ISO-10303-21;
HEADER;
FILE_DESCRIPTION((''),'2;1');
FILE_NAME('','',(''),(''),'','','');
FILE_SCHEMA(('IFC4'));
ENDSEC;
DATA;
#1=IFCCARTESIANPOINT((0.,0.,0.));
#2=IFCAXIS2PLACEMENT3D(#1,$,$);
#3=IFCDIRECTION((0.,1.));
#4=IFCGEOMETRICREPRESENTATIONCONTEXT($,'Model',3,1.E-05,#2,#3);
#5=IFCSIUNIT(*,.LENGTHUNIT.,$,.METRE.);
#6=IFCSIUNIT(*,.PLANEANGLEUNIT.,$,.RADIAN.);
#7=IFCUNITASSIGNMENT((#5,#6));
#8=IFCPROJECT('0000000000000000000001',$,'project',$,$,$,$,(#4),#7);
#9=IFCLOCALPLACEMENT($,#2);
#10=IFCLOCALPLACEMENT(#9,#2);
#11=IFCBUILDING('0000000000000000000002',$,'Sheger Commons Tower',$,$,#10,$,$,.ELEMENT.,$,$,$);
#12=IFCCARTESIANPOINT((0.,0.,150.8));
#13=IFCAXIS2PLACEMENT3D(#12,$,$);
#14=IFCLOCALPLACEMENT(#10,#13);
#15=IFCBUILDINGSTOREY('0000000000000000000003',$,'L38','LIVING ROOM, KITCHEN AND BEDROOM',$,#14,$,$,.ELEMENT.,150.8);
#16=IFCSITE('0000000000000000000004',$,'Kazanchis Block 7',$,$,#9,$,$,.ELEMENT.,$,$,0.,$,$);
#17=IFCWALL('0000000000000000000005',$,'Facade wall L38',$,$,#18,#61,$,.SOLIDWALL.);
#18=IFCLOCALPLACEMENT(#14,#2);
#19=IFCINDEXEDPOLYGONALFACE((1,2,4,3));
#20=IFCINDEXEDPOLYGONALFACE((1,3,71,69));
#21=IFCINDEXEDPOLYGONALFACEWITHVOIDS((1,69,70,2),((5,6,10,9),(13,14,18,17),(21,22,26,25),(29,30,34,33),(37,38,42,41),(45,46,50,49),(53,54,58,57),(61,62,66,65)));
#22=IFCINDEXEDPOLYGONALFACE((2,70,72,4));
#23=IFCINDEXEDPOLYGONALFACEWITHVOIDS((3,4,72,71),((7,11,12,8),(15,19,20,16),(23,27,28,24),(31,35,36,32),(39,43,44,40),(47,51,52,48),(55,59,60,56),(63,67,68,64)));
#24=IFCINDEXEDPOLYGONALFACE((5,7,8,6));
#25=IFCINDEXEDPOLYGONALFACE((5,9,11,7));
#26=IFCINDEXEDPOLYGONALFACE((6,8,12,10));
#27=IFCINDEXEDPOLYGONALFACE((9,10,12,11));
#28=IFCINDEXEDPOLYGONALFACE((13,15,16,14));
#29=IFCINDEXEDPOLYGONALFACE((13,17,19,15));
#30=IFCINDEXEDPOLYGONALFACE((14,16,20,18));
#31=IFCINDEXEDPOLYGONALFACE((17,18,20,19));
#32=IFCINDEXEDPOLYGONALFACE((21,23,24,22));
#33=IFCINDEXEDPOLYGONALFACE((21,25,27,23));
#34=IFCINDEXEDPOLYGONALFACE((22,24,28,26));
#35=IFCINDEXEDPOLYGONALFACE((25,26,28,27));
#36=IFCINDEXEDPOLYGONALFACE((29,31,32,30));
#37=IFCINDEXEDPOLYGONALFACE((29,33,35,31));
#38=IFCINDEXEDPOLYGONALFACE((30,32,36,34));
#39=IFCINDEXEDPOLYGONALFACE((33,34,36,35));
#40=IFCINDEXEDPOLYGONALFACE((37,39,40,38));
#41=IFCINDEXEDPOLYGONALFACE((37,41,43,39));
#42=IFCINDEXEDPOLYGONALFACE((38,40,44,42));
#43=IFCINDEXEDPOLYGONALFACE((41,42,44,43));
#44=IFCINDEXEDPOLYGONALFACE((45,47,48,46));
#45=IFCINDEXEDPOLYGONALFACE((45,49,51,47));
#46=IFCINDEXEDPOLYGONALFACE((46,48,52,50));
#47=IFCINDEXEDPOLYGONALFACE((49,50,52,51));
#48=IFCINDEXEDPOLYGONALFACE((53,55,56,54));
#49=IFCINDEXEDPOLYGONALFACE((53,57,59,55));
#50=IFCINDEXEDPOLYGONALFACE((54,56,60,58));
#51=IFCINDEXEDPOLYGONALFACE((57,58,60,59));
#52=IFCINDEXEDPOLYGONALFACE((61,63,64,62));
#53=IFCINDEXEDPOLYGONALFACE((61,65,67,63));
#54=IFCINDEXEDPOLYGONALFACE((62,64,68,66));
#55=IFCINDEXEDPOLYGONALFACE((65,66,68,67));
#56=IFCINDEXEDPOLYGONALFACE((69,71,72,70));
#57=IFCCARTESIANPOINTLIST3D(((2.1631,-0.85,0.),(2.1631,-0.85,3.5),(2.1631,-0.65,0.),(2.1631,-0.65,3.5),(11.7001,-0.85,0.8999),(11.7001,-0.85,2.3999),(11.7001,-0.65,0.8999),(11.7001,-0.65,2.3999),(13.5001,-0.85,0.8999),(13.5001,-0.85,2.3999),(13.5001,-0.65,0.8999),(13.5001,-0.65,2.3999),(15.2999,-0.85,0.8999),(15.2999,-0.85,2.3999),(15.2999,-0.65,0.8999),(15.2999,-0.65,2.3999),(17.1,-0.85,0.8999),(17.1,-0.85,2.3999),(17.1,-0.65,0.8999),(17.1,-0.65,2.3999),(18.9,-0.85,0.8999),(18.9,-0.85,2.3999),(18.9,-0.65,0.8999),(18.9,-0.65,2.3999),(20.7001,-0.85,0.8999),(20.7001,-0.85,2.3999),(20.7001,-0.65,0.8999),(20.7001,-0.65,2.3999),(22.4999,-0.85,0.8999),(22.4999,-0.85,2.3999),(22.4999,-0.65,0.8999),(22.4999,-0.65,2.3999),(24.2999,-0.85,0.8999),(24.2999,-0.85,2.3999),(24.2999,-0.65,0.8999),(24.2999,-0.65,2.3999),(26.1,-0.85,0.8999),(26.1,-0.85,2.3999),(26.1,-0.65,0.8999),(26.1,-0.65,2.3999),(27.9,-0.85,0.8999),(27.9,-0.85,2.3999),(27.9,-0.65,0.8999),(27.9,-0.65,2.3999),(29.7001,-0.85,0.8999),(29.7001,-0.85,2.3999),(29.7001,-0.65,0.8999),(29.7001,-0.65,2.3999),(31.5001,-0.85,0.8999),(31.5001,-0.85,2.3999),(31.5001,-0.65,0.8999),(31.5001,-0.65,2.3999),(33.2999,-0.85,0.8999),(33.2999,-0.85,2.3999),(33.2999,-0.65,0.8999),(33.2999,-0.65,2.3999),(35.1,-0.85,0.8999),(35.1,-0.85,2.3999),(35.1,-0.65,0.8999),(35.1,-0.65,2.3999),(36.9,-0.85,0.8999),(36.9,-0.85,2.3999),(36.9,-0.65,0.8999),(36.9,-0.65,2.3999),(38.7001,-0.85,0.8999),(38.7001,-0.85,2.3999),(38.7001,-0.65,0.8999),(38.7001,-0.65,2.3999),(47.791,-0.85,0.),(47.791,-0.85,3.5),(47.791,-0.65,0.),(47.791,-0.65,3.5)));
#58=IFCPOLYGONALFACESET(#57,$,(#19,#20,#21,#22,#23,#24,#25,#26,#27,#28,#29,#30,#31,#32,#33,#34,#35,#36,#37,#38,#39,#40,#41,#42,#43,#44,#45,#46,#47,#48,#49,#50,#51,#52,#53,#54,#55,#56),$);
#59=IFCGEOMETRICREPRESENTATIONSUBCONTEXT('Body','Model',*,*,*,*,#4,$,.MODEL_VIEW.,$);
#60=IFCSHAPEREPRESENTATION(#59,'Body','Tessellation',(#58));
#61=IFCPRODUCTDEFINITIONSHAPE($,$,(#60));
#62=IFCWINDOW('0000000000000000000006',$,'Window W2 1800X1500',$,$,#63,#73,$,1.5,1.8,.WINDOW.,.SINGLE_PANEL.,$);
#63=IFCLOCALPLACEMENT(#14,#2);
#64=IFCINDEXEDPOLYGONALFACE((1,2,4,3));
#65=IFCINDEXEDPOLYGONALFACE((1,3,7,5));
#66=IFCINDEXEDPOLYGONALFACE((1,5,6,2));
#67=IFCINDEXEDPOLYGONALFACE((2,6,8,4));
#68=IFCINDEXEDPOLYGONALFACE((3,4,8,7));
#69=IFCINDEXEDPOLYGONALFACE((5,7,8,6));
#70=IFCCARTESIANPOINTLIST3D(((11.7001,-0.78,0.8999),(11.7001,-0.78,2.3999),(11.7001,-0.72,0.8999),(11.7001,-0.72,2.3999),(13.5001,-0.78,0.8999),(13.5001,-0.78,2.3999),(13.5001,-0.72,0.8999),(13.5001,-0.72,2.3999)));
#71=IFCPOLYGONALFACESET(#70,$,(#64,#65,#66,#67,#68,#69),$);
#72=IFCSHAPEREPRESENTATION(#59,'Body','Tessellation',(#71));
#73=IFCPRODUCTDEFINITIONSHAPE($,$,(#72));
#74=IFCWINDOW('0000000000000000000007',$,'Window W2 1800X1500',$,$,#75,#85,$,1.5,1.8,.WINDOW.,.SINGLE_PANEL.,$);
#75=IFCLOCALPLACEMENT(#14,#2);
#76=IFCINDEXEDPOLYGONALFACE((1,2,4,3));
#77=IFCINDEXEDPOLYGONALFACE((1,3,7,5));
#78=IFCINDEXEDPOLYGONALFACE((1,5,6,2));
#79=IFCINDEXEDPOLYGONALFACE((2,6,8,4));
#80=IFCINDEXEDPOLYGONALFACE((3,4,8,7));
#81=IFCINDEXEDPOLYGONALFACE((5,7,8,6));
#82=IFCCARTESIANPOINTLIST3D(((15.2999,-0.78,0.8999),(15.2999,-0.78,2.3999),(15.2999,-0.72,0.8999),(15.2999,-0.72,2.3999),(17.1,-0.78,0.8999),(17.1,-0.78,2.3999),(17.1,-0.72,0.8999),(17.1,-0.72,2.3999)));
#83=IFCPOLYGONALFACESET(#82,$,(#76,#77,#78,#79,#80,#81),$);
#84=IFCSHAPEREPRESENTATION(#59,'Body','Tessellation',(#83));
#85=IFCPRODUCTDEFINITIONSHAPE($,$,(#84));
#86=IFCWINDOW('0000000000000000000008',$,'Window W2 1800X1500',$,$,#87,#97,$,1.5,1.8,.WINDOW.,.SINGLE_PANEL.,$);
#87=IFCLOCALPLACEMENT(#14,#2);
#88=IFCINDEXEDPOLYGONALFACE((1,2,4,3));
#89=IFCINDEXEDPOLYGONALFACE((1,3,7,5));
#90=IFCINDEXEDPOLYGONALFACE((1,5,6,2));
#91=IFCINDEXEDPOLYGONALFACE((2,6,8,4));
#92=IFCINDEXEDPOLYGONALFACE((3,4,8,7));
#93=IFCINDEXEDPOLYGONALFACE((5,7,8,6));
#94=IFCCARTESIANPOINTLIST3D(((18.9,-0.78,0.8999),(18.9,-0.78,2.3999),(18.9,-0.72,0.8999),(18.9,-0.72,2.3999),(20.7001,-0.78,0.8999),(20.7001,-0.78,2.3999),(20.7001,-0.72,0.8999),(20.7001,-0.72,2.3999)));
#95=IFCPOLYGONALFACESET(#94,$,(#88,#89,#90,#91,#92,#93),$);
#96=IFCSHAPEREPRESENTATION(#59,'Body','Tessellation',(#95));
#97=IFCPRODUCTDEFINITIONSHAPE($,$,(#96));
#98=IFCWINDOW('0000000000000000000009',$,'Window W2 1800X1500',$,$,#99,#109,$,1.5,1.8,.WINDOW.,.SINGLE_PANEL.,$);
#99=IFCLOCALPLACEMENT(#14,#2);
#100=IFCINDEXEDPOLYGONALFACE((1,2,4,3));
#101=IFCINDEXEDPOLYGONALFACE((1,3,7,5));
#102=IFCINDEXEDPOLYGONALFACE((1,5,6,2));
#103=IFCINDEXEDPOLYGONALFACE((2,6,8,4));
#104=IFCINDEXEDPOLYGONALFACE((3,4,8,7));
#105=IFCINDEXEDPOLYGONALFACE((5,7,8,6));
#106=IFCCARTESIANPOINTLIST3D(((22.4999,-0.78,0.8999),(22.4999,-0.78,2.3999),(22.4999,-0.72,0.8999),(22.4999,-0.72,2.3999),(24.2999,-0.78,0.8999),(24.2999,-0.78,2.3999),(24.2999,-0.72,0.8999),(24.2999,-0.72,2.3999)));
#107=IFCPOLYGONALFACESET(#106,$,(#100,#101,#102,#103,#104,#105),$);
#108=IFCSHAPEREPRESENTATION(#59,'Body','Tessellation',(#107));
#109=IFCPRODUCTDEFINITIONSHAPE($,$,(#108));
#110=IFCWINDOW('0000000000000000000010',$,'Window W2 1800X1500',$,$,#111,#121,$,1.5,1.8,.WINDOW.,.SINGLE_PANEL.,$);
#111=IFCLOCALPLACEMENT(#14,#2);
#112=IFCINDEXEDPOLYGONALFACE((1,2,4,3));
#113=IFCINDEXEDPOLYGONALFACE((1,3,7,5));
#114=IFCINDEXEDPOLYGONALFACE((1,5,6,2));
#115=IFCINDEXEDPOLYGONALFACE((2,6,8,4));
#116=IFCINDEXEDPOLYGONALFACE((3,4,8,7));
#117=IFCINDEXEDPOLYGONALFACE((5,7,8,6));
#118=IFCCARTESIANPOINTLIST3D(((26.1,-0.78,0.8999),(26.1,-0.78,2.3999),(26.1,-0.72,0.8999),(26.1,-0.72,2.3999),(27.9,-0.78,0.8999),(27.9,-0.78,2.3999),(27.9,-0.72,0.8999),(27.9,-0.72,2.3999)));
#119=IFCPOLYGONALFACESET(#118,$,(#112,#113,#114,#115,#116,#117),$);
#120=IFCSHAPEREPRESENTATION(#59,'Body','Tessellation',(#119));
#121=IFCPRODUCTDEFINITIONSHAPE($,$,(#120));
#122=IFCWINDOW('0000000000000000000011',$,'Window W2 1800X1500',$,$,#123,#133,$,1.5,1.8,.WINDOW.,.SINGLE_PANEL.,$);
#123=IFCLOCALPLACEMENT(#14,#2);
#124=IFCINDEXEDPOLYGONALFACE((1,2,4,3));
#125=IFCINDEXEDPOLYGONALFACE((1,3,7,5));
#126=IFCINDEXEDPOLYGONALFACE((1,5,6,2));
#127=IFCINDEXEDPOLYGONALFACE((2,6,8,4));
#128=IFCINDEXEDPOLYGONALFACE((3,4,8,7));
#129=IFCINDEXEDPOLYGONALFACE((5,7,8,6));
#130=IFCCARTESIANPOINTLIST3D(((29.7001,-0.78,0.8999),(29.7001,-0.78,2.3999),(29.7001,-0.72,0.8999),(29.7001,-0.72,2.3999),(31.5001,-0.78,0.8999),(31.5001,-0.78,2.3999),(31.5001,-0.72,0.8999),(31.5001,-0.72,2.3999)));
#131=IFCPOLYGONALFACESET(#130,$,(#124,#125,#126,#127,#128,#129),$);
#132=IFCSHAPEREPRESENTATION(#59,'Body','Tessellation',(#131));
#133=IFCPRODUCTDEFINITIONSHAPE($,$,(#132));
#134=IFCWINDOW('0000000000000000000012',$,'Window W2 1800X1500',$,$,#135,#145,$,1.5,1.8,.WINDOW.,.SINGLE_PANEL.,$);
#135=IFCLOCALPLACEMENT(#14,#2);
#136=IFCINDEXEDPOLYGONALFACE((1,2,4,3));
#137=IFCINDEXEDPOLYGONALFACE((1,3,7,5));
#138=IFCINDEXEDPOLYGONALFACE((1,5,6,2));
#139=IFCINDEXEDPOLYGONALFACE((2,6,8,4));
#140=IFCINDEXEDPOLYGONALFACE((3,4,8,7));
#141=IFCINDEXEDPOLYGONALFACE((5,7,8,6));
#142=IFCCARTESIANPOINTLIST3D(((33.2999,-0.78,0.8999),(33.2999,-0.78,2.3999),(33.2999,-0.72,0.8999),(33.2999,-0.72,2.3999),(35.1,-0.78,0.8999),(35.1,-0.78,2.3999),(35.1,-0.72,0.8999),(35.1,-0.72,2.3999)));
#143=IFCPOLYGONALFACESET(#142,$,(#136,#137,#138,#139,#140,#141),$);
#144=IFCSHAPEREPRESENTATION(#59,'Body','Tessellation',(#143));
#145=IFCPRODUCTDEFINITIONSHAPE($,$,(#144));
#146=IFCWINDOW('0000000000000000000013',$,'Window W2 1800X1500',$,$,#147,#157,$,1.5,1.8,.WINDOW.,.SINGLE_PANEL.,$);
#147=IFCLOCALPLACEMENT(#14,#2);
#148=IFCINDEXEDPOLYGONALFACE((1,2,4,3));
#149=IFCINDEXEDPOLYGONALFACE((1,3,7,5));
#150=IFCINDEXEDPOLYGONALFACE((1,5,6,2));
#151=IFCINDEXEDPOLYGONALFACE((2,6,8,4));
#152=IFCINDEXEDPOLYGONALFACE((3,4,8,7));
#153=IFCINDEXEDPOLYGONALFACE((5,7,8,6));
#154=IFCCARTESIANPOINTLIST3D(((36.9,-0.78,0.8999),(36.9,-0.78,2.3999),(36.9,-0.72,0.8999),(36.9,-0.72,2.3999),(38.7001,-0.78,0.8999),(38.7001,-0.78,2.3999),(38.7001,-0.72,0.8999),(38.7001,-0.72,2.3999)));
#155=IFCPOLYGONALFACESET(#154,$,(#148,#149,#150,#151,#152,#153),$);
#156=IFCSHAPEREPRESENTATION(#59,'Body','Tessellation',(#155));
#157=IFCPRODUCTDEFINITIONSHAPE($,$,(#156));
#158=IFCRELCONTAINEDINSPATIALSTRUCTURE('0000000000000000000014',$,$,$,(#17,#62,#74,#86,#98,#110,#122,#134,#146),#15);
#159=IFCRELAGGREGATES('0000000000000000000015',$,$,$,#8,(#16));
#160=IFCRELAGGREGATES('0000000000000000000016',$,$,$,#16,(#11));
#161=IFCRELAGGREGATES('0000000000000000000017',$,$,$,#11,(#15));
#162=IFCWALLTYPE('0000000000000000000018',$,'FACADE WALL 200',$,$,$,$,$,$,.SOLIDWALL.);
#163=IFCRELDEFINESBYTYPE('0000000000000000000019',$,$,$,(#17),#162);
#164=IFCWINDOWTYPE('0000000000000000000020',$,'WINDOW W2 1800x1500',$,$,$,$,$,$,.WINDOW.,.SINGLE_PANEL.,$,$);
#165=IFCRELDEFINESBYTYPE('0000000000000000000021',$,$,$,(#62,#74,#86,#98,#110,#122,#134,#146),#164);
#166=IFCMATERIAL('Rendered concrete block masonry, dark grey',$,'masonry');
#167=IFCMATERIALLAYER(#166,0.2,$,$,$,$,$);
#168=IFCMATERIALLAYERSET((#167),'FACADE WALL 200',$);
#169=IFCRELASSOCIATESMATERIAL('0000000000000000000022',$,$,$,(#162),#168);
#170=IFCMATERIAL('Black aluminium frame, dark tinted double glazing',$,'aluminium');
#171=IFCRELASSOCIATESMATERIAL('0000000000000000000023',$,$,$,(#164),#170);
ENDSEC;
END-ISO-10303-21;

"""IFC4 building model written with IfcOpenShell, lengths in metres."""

from ifc_helpers import new_model, si_unit, direction, frame, frame_2d, origin, place, context, subcontext, project, spatial, rectangle, extrude, material, layer, layer_set, type_object, element, fill, save


model = new_model("IFC4")

# Units and contexts
model_context = context("Model", 3, precision=1e-05, world=origin(), true_north=direction((0.0, 1.0)))
body_context = subcontext(model_context, "Body", "Model", "MODEL_VIEW")
ifc_project = project(units=[si_unit("LENGTHUNIT", "METRE"), si_unit("PLANEANGLEUNIT", "RADIAN")], contexts=[model_context])

# Site, building, storey
site_placement = place(None, origin())
site = spatial("IfcSite", under=ifc_project, at=site_placement, Name="Kazanchis Block 7", CompositionType="ELEMENT", RefElevation=0.0)
building_placement = place(site_placement, origin())
building = spatial("IfcBuilding", under=site, at=building_placement, Name="Sheger Commons Tower", CompositionType="ELEMENT")
storey_placement = place(building_placement, frame((0.0, 0.0, 150.8)))
storey = spatial("IfcBuildingStorey", under=building, at=storey_placement, Name="L38", Description="LIVING ROOM, KITCHEN AND BEDROOM", CompositionType="ELEMENT", Elevation=150.8)

# Wall, openings, windows
ifc_material_1 = material(Name="Rendered concrete block masonry, dark grey", Category="masonry")
ifc_layer_1 = layer(ifc_material_1, 0.2)
ifc_layer_set_1 = layer_set([ifc_layer_1], Name="FACADE WALL 200")
wall_type_1 = type_object("IfcWallType", Name="FACADE WALL 200", PredefinedType="SOLIDWALL", material=ifc_layer_set_1)
wall_1_placement = place(storey_placement, frame((2.1631, -0.75, 0.0), z_axis=(0.0, 0.0, 1.0), x_axis=(1.0, 0.0, 0.0)))
wall_1 = element("IfcWall", 1, at=wall_1_placement, inside=storey, type_object=wall_type_1, Name="Facade wall L38", PredefinedType="SOLIDWALL", context=body_context, shape_type="SweptSolid", body=[
    extrude(rectangle(XDim=45.6279, YDim=0.2, at=frame_2d((22.814, 0.0))), origin(), (0.0, 0.0, 1.0), 3.5),
])
opening_1_placement = place(wall_1_placement, frame((9.5371, 0.0, 0.8999)))
opening_1 = element("IfcOpeningElement", 2, at=opening_1_placement, cuts=wall_1, PredefinedType="OPENING", context=body_context, shape_type="SweptSolid", body=[
    extrude(rectangle(XDim=1.8, YDim=1.5, at=frame_2d((0.8999, 0.75))), frame((0.0, 0.1099, 0.0), z_axis=(0.0, -1.0, 0.0), x_axis=(1.0, 0.0, 0.0)), (0.0, 0.0, 1.0), 0.22),
])
opening_2_placement = place(wall_1_placement, frame((13.137, 0.0, 0.8999)))
opening_2 = element("IfcOpeningElement", 3, at=opening_2_placement, cuts=wall_1, PredefinedType="OPENING", context=body_context, shape_type="SweptSolid", body=[
    extrude(rectangle(XDim=1.8, YDim=1.5, at=frame_2d((0.8999, 0.75))), frame((0.0, 0.1099, 0.0), z_axis=(0.0, -1.0, 0.0), x_axis=(1.0, 0.0, 0.0)), (0.0, 0.0, 1.0), 0.22),
])
opening_3_placement = place(wall_1_placement, frame((16.7371, 0.0, 0.8999)))
opening_3 = element("IfcOpeningElement", 4, at=opening_3_placement, cuts=wall_1, PredefinedType="OPENING", context=body_context, shape_type="SweptSolid", body=[
    extrude(rectangle(XDim=1.8, YDim=1.5, at=frame_2d((0.8999, 0.75))), frame((0.0, 0.1099, 0.0), z_axis=(0.0, -1.0, 0.0), x_axis=(1.0, 0.0, 0.0)), (0.0, 0.0, 1.0), 0.22),
])
opening_4_placement = place(wall_1_placement, frame((20.3369, 0.0, 0.8999)))
opening_4 = element("IfcOpeningElement", 5, at=opening_4_placement, cuts=wall_1, PredefinedType="OPENING", context=body_context, shape_type="SweptSolid", body=[
    extrude(rectangle(XDim=1.8, YDim=1.5, at=frame_2d((0.8999, 0.75))), frame((0.0, 0.1099, 0.0), z_axis=(0.0, -1.0, 0.0), x_axis=(1.0, 0.0, 0.0)), (0.0, 0.0, 1.0), 0.22),
])
opening_5_placement = place(wall_1_placement, frame((23.937, 0.0, 0.8999)))
opening_5 = element("IfcOpeningElement", 6, at=opening_5_placement, cuts=wall_1, PredefinedType="OPENING", context=body_context, shape_type="SweptSolid", body=[
    extrude(rectangle(XDim=1.8, YDim=1.5, at=frame_2d((0.8999, 0.75))), frame((0.0, 0.1099, 0.0), z_axis=(0.0, -1.0, 0.0), x_axis=(1.0, 0.0, 0.0)), (0.0, 0.0, 1.0), 0.22),
])
opening_6_placement = place(wall_1_placement, frame((27.5371, 0.0, 0.8999)))
opening_6 = element("IfcOpeningElement", 7, at=opening_6_placement, cuts=wall_1, PredefinedType="OPENING", context=body_context, shape_type="SweptSolid", body=[
    extrude(rectangle(XDim=1.8, YDim=1.5, at=frame_2d((0.8999, 0.75))), frame((0.0, 0.1099, 0.0), z_axis=(0.0, -1.0, 0.0), x_axis=(1.0, 0.0, 0.0)), (0.0, 0.0, 1.0), 0.22),
])
opening_7_placement = place(wall_1_placement, frame((31.137, 0.0, 0.8999)))
opening_7 = element("IfcOpeningElement", 8, at=opening_7_placement, cuts=wall_1, PredefinedType="OPENING", context=body_context, shape_type="SweptSolid", body=[
    extrude(rectangle(XDim=1.8, YDim=1.5, at=frame_2d((0.8999, 0.75))), frame((0.0, 0.1099, 0.0), z_axis=(0.0, -1.0, 0.0), x_axis=(1.0, 0.0, 0.0)), (0.0, 0.0, 1.0), 0.22),
])
opening_8_placement = place(wall_1_placement, frame((34.7371, 0.0, 0.8999)))
opening_8 = element("IfcOpeningElement", 9, at=opening_8_placement, cuts=wall_1, PredefinedType="OPENING", context=body_context, shape_type="SweptSolid", body=[
    extrude(rectangle(XDim=1.8, YDim=1.5, at=frame_2d((0.8999, 0.75))), frame((0.0, 0.1099, 0.0), z_axis=(0.0, -1.0, 0.0), x_axis=(1.0, 0.0, 0.0)), (0.0, 0.0, 1.0), 0.22),
])
ifc_material_2 = material(Name="Black aluminium frame, dark tinted double glazing", Category="aluminium")
window_type = type_object("IfcWindowType", Name="WINDOW W2 1800x1500", PartitioningType="SINGLE_PANEL", PredefinedType="WINDOW", material=ifc_material_2)
window_1_placement = place(opening_1_placement, origin())
window_1 = element("IfcWindow", 10, at=window_1_placement, inside=storey, type_object=window_type, Name="Window W2 1800X1500", OverallHeight=1.5, OverallWidth=1.8, PartitioningType="SINGLE_PANEL", PredefinedType="WINDOW", context=body_context, shape_type="SweptSolid", body=[
    extrude(rectangle(XDim=1.8, YDim=1.5, at=frame_2d((0.8999, 0.75))), frame((0.0, 0.03, 0.0), z_axis=(0.0, -1.0, 0.0), x_axis=(1.0, 0.0, 0.0)), (0.0, 0.0, 1.0), 0.0601),
])
fill(opening_1, window_1)
window_2_placement = place(opening_2_placement, origin())
window_2 = element("IfcWindow", 11, at=window_2_placement, inside=storey, type_object=window_type, Name="Window W2 1800X1500", OverallHeight=1.5, OverallWidth=1.8, PartitioningType="SINGLE_PANEL", PredefinedType="WINDOW", context=body_context, shape_type="SweptSolid", body=[
    extrude(rectangle(XDim=1.8, YDim=1.5, at=frame_2d((0.8999, 0.75))), frame((0.0, 0.03, 0.0), z_axis=(0.0, -1.0, 0.0), x_axis=(1.0, 0.0, 0.0)), (0.0, 0.0, 1.0), 0.0601),
])
fill(opening_2, window_2)
window_3_placement = place(opening_3_placement, origin())
window_3 = element("IfcWindow", 12, at=window_3_placement, inside=storey, type_object=window_type, Name="Window W2 1800X1500", OverallHeight=1.5, OverallWidth=1.8, PartitioningType="SINGLE_PANEL", PredefinedType="WINDOW", context=body_context, shape_type="SweptSolid", body=[
    extrude(rectangle(XDim=1.8, YDim=1.5, at=frame_2d((0.8999, 0.75))), frame((0.0, 0.03, 0.0), z_axis=(0.0, -1.0, 0.0), x_axis=(1.0, 0.0, 0.0)), (0.0, 0.0, 1.0), 0.0601),
])
fill(opening_3, window_3)
window_4_placement = place(opening_4_placement, origin())
window_4 = element("IfcWindow", 13, at=window_4_placement, inside=storey, type_object=window_type, Name="Window W2 1800X1500", OverallHeight=1.5, OverallWidth=1.8, PartitioningType="SINGLE_PANEL", PredefinedType="WINDOW", context=body_context, shape_type="SweptSolid", body=[
    extrude(rectangle(XDim=1.8, YDim=1.5, at=frame_2d((0.8999, 0.75))), frame((0.0, 0.03, 0.0), z_axis=(0.0, -1.0, 0.0), x_axis=(1.0, 0.0, 0.0)), (0.0, 0.0, 1.0), 0.0601),
])
fill(opening_4, window_4)
window_5_placement = place(opening_5_placement, origin())
window_5 = element("IfcWindow", 14, at=window_5_placement, inside=storey, type_object=window_type, Name="Window W2 1800X1500", OverallHeight=1.5, OverallWidth=1.8, PartitioningType="SINGLE_PANEL", PredefinedType="WINDOW", context=body_context, shape_type="SweptSolid", body=[
    extrude(rectangle(XDim=1.8, YDim=1.5, at=frame_2d((0.8999, 0.75))), frame((0.0, 0.03, 0.0), z_axis=(0.0, -1.0, 0.0), x_axis=(1.0, 0.0, 0.0)), (0.0, 0.0, 1.0), 0.0601),
])
fill(opening_5, window_5)
window_6_placement = place(opening_6_placement, origin())
window_6 = element("IfcWindow", 15, at=window_6_placement, inside=storey, type_object=window_type, Name="Window W2 1800X1500", OverallHeight=1.5, OverallWidth=1.8, PartitioningType="SINGLE_PANEL", PredefinedType="WINDOW", context=body_context, shape_type="SweptSolid", body=[
    extrude(rectangle(XDim=1.8, YDim=1.5, at=frame_2d((0.8999, 0.75))), frame((0.0, 0.03, 0.0), z_axis=(0.0, -1.0, 0.0), x_axis=(1.0, 0.0, 0.0)), (0.0, 0.0, 1.0), 0.0601),
])
fill(opening_6, window_6)
window_7_placement = place(opening_7_placement, origin())
window_7 = element("IfcWindow", 16, at=window_7_placement, inside=storey, type_object=window_type, Name="Window W2 1800X1500", OverallHeight=1.5, OverallWidth=1.8, PartitioningType="SINGLE_PANEL", PredefinedType="WINDOW", context=body_context, shape_type="SweptSolid", body=[
    extrude(rectangle(XDim=1.8, YDim=1.5, at=frame_2d((0.8999, 0.75))), frame((0.0, 0.03, 0.0), z_axis=(0.0, -1.0, 0.0), x_axis=(1.0, 0.0, 0.0)), (0.0, 0.0, 1.0), 0.0601),
])
fill(opening_7, window_7)
window_8_placement = place(opening_8_placement, origin())
window_8 = element("IfcWindow", 17, at=window_8_placement, inside=storey, type_object=window_type, Name="Window W2 1800X1500", OverallHeight=1.5, OverallWidth=1.8, PartitioningType="SINGLE_PANEL", PredefinedType="WINDOW", context=body_context, shape_type="SweptSolid", body=[
    extrude(rectangle(XDim=1.8, YDim=1.5, at=frame_2d((0.8999, 0.75))), frame((0.0, 0.03, 0.0), z_axis=(0.0, -1.0, 0.0), x_axis=(1.0, 0.0, 0.0)), (0.0, 0.0, 1.0), 0.0601),
])
fill(opening_8, window_8)

save(model, "model.ifc")
